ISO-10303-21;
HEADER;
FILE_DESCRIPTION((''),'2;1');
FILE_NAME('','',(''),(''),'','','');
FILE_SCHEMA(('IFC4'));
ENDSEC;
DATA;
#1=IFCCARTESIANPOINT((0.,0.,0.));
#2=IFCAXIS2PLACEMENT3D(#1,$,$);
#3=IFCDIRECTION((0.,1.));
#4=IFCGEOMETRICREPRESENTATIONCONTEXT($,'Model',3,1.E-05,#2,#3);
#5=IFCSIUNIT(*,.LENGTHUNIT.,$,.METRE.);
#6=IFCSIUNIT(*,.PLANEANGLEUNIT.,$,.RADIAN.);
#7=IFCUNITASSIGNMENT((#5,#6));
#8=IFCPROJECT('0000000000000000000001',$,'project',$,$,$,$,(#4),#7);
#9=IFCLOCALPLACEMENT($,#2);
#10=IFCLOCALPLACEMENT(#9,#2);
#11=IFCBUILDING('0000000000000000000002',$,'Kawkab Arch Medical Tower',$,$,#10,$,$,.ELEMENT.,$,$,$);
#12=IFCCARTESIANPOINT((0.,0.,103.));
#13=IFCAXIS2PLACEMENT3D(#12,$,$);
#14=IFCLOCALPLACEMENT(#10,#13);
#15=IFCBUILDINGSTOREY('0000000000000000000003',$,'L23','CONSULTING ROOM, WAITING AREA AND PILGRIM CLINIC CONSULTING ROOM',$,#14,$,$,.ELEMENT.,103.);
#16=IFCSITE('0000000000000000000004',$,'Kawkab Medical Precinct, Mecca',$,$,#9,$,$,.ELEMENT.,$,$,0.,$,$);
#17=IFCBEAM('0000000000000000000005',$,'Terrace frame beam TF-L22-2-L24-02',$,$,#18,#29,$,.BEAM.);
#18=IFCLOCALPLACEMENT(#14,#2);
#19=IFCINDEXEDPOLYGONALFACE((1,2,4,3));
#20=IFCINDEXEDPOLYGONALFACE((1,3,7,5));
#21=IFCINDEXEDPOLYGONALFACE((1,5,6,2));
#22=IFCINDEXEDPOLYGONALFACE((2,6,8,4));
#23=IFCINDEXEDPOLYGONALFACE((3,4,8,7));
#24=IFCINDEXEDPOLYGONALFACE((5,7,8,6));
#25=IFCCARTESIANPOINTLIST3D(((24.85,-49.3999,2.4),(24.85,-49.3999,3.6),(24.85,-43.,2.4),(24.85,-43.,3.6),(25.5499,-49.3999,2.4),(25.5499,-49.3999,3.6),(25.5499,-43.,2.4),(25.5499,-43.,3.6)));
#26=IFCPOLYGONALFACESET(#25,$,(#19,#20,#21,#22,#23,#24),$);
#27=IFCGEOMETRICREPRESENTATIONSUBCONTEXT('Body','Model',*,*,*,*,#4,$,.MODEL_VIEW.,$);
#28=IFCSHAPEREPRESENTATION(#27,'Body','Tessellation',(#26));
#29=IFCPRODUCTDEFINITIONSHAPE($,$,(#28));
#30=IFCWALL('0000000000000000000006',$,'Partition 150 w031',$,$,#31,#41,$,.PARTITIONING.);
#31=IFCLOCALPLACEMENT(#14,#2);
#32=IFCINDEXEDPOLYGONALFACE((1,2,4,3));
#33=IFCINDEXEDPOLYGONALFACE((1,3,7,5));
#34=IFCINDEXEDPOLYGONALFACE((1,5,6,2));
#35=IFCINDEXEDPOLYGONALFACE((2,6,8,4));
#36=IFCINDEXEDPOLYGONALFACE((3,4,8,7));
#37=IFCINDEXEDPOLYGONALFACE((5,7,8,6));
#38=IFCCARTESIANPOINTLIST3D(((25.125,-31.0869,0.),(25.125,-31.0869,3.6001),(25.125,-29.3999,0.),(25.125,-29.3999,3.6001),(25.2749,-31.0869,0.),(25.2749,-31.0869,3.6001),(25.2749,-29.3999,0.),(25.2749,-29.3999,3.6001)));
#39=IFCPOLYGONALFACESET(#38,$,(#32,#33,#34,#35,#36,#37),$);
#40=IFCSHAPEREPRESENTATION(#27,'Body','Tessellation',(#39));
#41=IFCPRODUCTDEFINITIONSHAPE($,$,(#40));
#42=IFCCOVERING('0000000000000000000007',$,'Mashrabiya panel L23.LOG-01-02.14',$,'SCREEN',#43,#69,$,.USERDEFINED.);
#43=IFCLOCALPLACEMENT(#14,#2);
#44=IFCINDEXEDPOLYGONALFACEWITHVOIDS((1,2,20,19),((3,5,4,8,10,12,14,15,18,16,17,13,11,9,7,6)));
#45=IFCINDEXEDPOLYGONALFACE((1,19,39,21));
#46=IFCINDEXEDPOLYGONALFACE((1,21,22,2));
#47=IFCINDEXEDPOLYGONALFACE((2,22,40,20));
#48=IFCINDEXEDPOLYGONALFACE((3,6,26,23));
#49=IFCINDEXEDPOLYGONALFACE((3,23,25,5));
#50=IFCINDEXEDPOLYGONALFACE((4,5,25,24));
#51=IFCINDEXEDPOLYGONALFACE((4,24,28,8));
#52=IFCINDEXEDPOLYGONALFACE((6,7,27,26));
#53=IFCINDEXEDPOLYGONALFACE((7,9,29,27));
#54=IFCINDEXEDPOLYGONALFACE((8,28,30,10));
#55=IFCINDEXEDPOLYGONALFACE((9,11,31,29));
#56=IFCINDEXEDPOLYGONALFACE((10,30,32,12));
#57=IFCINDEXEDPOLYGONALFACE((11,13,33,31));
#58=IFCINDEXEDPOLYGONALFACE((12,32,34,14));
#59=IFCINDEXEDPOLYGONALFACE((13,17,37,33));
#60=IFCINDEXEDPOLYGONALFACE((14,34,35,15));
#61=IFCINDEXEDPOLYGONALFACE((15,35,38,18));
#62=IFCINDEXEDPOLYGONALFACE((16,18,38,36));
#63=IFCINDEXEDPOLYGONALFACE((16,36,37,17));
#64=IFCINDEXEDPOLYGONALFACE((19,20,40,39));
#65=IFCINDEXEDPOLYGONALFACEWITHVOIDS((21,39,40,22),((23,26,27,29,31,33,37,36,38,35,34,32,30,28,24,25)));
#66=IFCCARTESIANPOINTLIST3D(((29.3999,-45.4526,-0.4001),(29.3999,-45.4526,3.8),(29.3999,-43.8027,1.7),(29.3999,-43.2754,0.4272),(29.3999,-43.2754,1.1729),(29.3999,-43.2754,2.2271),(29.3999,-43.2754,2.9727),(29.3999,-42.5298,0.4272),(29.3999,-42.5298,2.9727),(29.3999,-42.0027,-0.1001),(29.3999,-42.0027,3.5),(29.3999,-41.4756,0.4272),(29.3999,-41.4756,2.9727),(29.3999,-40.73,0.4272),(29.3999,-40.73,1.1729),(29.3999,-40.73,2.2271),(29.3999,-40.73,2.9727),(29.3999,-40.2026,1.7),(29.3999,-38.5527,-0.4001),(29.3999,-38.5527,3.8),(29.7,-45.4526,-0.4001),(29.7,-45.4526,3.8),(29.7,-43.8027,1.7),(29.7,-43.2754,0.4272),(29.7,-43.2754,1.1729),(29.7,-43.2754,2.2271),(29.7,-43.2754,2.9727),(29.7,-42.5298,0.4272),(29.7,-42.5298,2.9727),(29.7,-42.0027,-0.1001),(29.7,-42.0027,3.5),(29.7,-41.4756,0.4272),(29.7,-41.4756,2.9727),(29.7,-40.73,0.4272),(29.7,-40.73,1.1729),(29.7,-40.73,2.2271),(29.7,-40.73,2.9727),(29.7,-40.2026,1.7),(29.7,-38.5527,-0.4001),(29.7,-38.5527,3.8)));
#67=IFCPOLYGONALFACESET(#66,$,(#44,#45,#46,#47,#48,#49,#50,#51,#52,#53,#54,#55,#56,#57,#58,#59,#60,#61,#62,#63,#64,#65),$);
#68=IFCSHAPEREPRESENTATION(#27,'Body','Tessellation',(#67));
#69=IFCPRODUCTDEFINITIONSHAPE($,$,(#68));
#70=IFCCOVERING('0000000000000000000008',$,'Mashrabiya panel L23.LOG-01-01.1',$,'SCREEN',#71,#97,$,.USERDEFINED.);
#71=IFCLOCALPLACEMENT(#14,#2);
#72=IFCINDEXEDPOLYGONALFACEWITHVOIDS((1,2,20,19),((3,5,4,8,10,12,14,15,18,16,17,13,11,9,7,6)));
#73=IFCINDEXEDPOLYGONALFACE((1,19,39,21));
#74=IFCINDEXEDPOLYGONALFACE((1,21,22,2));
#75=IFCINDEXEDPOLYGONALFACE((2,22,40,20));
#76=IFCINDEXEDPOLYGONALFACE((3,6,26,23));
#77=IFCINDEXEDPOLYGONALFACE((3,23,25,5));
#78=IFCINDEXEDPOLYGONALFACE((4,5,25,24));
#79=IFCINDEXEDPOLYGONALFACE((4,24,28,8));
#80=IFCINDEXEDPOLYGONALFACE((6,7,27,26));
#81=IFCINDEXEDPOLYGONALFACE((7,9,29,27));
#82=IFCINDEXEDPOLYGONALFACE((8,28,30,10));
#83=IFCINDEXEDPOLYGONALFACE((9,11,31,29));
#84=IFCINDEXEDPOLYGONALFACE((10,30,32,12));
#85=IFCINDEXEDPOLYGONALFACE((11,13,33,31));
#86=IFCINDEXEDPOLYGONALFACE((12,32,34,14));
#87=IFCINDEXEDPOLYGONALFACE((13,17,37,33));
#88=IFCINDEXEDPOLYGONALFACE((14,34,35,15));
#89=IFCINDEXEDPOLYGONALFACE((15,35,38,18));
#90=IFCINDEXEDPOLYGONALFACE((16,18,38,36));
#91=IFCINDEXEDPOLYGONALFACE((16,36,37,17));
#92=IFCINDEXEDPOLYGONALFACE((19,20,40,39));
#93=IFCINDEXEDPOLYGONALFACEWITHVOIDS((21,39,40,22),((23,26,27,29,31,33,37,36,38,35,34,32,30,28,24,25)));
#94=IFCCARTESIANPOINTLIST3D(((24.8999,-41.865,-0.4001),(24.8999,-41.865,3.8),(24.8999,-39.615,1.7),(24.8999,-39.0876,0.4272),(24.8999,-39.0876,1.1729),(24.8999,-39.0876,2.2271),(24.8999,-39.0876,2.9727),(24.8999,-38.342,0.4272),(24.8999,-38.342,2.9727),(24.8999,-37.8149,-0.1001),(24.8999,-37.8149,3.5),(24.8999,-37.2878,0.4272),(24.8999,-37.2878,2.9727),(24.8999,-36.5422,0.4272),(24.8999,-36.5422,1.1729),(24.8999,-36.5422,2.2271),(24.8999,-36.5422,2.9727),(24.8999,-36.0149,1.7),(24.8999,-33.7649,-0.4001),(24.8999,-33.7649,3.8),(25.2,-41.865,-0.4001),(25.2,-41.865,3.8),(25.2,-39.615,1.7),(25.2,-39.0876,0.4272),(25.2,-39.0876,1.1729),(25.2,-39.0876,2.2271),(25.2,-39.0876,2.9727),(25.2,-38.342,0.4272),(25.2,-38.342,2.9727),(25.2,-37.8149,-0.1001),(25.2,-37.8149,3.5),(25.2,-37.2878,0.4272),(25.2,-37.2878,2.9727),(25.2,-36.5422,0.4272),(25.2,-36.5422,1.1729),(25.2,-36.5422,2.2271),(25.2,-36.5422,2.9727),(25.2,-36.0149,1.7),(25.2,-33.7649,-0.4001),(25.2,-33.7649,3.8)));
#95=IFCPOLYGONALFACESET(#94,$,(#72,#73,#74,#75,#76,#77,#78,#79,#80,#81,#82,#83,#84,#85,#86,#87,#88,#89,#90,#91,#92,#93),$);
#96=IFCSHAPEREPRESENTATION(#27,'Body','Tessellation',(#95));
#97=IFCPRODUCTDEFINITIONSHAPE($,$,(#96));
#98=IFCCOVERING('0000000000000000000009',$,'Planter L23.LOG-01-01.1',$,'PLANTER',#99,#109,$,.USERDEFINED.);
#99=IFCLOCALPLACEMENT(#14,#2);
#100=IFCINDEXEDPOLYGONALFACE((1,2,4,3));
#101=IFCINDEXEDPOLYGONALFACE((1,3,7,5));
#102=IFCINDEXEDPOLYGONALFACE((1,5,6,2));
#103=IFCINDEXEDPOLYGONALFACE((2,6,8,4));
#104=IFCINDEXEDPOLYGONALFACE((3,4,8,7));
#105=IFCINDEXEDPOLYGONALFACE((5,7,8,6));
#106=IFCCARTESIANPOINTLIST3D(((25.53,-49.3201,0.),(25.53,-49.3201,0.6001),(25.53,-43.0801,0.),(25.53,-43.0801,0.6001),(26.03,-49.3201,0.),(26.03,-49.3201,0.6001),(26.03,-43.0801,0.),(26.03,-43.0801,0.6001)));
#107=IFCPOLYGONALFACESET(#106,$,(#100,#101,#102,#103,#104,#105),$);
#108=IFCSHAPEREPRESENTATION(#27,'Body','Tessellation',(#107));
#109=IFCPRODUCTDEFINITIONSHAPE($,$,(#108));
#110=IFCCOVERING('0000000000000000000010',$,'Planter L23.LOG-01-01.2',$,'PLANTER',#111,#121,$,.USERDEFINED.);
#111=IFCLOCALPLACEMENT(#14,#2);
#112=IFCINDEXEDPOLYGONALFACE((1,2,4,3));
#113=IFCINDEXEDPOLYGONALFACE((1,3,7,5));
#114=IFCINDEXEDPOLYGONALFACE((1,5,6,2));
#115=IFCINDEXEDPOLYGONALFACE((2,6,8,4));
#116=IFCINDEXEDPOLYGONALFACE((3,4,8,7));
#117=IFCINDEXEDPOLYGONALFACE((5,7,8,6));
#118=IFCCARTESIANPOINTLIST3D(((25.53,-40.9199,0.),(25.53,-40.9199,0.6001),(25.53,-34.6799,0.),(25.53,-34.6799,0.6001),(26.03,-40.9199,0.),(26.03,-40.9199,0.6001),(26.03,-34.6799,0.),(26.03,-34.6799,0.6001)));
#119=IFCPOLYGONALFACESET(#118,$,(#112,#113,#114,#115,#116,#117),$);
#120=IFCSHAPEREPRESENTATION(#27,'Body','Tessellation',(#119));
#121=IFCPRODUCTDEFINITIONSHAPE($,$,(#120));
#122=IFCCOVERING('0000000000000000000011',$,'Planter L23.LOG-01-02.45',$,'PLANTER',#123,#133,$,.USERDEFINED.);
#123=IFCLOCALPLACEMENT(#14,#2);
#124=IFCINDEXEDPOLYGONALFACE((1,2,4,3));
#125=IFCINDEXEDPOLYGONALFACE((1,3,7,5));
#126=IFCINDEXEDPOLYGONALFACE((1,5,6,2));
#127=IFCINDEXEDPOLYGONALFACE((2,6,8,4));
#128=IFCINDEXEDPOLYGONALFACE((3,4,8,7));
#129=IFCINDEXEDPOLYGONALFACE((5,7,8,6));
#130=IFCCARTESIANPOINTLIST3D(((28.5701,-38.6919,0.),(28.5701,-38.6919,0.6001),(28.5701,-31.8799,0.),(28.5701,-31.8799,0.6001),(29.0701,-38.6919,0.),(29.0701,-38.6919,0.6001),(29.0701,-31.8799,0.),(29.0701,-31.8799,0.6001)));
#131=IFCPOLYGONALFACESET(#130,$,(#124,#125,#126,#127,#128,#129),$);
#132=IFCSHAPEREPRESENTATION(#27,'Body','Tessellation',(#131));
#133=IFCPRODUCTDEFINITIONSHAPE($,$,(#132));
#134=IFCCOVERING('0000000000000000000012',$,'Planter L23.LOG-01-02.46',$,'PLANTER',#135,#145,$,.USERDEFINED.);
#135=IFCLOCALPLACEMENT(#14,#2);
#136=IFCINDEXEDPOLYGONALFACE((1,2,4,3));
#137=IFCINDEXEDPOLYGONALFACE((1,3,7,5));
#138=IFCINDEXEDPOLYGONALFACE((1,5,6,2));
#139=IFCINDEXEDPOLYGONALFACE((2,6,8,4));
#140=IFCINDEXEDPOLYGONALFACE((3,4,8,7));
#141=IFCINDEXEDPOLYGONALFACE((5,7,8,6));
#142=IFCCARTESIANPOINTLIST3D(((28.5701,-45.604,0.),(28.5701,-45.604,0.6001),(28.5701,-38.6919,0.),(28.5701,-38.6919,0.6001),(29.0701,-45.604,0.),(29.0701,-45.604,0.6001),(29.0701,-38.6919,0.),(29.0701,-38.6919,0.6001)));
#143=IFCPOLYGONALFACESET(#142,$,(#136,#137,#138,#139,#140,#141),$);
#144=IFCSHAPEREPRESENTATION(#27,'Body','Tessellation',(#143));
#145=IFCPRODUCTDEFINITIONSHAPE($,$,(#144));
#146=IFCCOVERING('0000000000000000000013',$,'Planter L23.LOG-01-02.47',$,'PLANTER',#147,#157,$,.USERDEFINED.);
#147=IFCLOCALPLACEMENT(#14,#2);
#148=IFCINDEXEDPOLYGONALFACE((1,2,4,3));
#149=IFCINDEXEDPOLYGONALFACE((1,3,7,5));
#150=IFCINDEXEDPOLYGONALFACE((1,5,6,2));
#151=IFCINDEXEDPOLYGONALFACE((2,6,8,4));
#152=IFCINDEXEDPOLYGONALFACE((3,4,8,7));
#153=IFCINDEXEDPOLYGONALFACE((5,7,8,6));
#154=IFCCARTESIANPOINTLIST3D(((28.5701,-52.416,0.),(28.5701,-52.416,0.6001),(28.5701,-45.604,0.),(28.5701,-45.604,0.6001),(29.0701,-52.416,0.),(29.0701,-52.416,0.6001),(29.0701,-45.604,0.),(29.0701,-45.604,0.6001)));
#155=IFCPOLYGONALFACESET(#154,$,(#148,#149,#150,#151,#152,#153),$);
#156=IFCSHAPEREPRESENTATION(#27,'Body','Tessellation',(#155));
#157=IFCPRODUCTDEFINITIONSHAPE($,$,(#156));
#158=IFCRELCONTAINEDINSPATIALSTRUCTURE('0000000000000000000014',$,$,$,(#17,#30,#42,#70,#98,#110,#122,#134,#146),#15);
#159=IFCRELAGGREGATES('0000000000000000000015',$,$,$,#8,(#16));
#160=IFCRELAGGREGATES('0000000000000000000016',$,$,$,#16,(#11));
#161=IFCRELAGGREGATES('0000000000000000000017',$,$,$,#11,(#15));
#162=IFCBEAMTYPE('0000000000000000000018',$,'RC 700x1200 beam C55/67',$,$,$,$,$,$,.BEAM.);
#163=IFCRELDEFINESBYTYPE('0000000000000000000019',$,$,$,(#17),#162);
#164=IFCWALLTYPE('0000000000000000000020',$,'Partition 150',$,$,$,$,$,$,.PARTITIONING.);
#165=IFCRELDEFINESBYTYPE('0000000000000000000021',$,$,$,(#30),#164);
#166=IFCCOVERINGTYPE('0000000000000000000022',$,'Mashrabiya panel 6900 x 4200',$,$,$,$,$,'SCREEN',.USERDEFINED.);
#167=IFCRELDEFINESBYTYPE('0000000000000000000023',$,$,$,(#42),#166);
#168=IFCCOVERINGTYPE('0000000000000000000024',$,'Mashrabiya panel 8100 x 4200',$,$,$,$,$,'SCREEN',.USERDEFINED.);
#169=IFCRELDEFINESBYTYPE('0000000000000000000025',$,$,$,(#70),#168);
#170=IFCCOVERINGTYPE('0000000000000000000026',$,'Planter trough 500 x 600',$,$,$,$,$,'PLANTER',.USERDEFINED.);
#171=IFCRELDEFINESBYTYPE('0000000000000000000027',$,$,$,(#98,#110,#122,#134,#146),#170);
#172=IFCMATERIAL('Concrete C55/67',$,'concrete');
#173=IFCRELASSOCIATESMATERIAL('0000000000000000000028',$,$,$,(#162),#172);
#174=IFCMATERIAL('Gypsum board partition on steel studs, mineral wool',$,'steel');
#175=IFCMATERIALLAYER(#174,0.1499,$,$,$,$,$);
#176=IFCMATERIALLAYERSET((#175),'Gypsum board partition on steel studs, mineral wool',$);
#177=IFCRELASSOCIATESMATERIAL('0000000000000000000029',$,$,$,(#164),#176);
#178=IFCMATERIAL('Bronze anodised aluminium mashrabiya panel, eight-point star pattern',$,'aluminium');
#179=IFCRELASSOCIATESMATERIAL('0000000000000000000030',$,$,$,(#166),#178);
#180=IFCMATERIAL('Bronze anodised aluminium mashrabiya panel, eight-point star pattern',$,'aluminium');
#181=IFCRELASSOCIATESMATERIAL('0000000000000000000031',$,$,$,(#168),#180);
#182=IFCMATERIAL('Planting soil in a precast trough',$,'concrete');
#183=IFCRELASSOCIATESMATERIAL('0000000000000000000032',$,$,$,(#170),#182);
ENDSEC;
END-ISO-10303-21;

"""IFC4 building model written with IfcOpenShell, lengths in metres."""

from ifc_helpers import new_model, si_unit, direction, frame, frame_2d, origin, origin_2d, place, context, subcontext, project, spatial, polyline, rectangle, outline, extrude, material, layer, layer_set, material_profile, profile_set, type_object, element, save


model = new_model("IFC4")

# Units and contexts
model_context = context("Model", 3, precision=1e-05, world=origin(), true_north=direction((0.0, 1.0)))
body_context = subcontext(model_context, "Body", "Model", "MODEL_VIEW")
ifc_project = project(units=[si_unit("LENGTHUNIT", "METRE"), si_unit("PLANEANGLEUNIT", "RADIAN")], contexts=[model_context])

# Site, building, storey
site_placement = place(None, origin())
site = spatial("IfcSite", under=ifc_project, at=site_placement, Name="Kawkab Medical Precinct, Mecca", CompositionType="ELEMENT", RefElevation=0.0)
building_placement = place(site_placement, origin())
building = spatial("IfcBuilding", under=site, at=building_placement, Name="Kawkab Arch Medical Tower", CompositionType="ELEMENT")
storey_placement = place(building_placement, frame((0.0, 0.0, 103.0)))
storey = spatial("IfcBuildingStorey", under=building, at=storey_placement, Name="L23", Description="CONSULTING ROOM, WAITING AREA AND PILGRIM CLINIC CONSULTING ROOM", CompositionType="ELEMENT", Elevation=103.0)

# Beam
ifc_material_1 = material(Name="Concrete C55/67", Category="concrete")
ifc_material_profile_1 = material_profile(ifc_material_1, rectangle(XDim=0.7, YDim=1.2, at=origin_2d()), Name="RC 700x1200")
ifc_profile_set_1 = profile_set([ifc_material_profile_1], Name="Concrete C55/67")
beam_type = type_object("IfcBeamType", Name="RC 700x1200 beam C55/67", PredefinedType="BEAM", material=ifc_profile_set_1)
for number, where, z_axis, x_axis, name in (
    (1, (25.2, -43.0, 3.0), (0.0, -1.0, 0.0), (1.0, 0.0, 0.0), "Terrace frame beam TF-L22-2-L24-02"),
):
    element("IfcBeam", number, at=place(storey_placement, frame(where, z_axis=z_axis, x_axis=x_axis)), inside=storey, type_object=beam_type, Name=name, PredefinedType="BEAM", context=body_context, shape_type="SweptSolid", body=[
        extrude(rectangle(XDim=0.7, YDim=1.2, at=origin_2d()), origin(), (0.0, 0.0, 1.0), 6.3999),
    ])

# Wall
ifc_material_2 = material(Name="Gypsum board partition on steel studs, mineral wool", Category="steel")
ifc_layer_1 = layer(ifc_material_2, 0.1499)
ifc_layer_set_1 = layer_set([ifc_layer_1], Name="Gypsum board partition on steel studs, mineral wool")
wall_type = type_object("IfcWallType", Name="Partition 150", PredefinedType="PARTITIONING", material=ifc_layer_set_1)
wall_placement = place(storey_placement, frame((25.2, -31.0869, 0.0), z_axis=(0.0, 0.0, 1.0), x_axis=(0.0, 1.0, 0.0)))
element("IfcWall", 2, at=wall_placement, inside=storey, type_object=wall_type, Name="Partition 150 w031", PredefinedType="PARTITIONING", context=body_context, shape_type="SweptSolid", body=[
    extrude(rectangle(XDim=1.687, YDim=0.1499, at=frame_2d((0.8435, 0.0))), origin(), (0.0, 0.0, 1.0), 3.6001),
])

# Coverings
ifc_material_3 = material(Name="Bronze anodised aluminium mashrabiya panel, eight-point star pattern", Category="aluminium")
ifc_material_profile_2 = material_profile(ifc_material_3, outline(polyline([(-3.45, -2.1001), (3.45, -2.1001), (3.45, 2.1001), (-3.45, 2.1001), (-3.45, -2.1001)]), holes=[polyline([(1.8, 0.0), (1.2727, 0.5271), (1.2727, 1.2727), (0.5271, 1.2727), (0.0, 1.8), (-0.5271, 1.2727), (-1.2727, 1.2727), (-1.2727, 0.5271), (-1.8, 0.0), (-1.2727, -0.5271), (-1.2727, -1.2727), (-0.5271, -1.2727), (0.0, -1.8), (0.5271, -1.2727), (1.2727, -1.2727), (1.2727, -0.5271), (1.8, 0.0)])]), Name="Mashrabiya panel 6900x4200")
ifc_profile_set_2 = profile_set([ifc_material_profile_2], Name="Bronze anodised aluminium mashrabiya panel, eight-point star pattern")
covering_type_1 = type_object("IfcCoveringType", Name="Mashrabiya panel 6900 x 4200", ElementType="SCREEN", PredefinedType="USERDEFINED", material=ifc_profile_set_2)
covering_1_placement = place(storey_placement, frame((29.3999, -42.0027, 1.7), z_axis=(1.0, 0.0, 0.0), x_axis=(0.0, 1.0, 0.0)))
element("IfcCovering", 3, at=covering_1_placement, inside=storey, type_object=covering_type_1, Name="Mashrabiya panel L23.LOG-01-02.14", ObjectType="SCREEN", PredefinedType="USERDEFINED", context=body_context, shape_type="SweptSolid", body=[
    extrude(outline(polyline([(-3.45, -2.1001), (3.45, -2.1001), (3.45, 2.1001), (-3.45, 2.1001), (-3.45, -2.1001)]), holes=[polyline([(1.8, 0.0), (1.2727, 0.5271), (1.2727, 1.2727), (0.5271, 1.2727), (0.0, 1.8), (-0.5271, 1.2727), (-1.2727, 1.2727), (-1.2727, 0.5271), (-1.8, 0.0), (-1.2727, -0.5271), (-1.2727, -1.2727), (-0.5271, -1.2727), (0.0, -1.8), (0.5271, -1.2727), (1.2727, -1.2727), (1.2727, -0.5271), (1.8, 0.0)])]), origin(), (0.0, 0.0, 1.0), 0.3),
])
ifc_material_4 = material(Name="Bronze anodised aluminium mashrabiya panel, eight-point star pattern", Category="aluminium")
ifc_material_profile_3 = material_profile(ifc_material_4, outline(polyline([(-4.05, -2.1001), (4.05, -2.1001), (4.05, 2.1001), (-4.05, 2.1001), (-4.05, -2.1001)]), holes=[polyline([(1.8, 0.0), (1.2727, 0.5271), (1.2727, 1.2727), (0.5271, 1.2727), (0.0, 1.8), (-0.5271, 1.2727), (-1.2727, 1.2727), (-1.2727, 0.5271), (-1.8, 0.0), (-1.2727, -0.5271), (-1.2727, -1.2727), (-0.5271, -1.2727), (0.0, -1.8), (0.5271, -1.2727), (1.2727, -1.2727), (1.2727, -0.5271), (1.8, 0.0)])]), Name="Mashrabiya panel 8100x4200")
ifc_profile_set_3 = profile_set([ifc_material_profile_3], Name="Bronze anodised aluminium mashrabiya panel, eight-point star pattern")
covering_type_2 = type_object("IfcCoveringType", Name="Mashrabiya panel 8100 x 4200", ElementType="SCREEN", PredefinedType="USERDEFINED", material=ifc_profile_set_3)
covering_2_placement = place(storey_placement, frame((25.2, -37.8149, 1.7), z_axis=(-1.0, 0.0, 0.0), x_axis=(0.0, -1.0, 0.0)))
element("IfcCovering", 4, at=covering_2_placement, inside=storey, type_object=covering_type_2, Name="Mashrabiya panel L23.LOG-01-01.1", ObjectType="SCREEN", PredefinedType="USERDEFINED", context=body_context, shape_type="SweptSolid", body=[
    extrude(outline(polyline([(-4.05, -2.1001), (4.05, -2.1001), (4.05, 2.1001), (-4.05, 2.1001), (-4.05, -2.1001)]), holes=[polyline([(1.8, 0.0), (1.2727, 0.5271), (1.2727, 1.2727), (0.5271, 1.2727), (0.0, 1.8), (-0.5271, 1.2727), (-1.2727, 1.2727), (-1.2727, 0.5271), (-1.8, 0.0), (-1.2727, -0.5271), (-1.2727, -1.2727), (-0.5271, -1.2727), (0.0, -1.8), (0.5271, -1.2727), (1.2727, -1.2727), (1.2727, -0.5271), (1.8, 0.0)])]), origin(), (0.0, 0.0, 1.0), 0.3),
])
ifc_material_5 = material(Name="Planting soil in a precast trough", Category="concrete")
ifc_material_profile_4 = material_profile(ifc_material_5, rectangle(XDim=0.5, YDim=0.6001, at=origin_2d()), Name="Trough 500x600")
ifc_profile_set_4 = profile_set([ifc_material_profile_4], Name="Planting soil in a precast trough")
covering_type_3 = type_object("IfcCoveringType", Name="Planter trough 500 x 600", ElementType="PLANTER", PredefinedType="USERDEFINED", material=ifc_profile_set_4)
for number, where, z_axis, x_axis, name in (
    (5, (25.78, -49.3201, 0.3), (0.0, 1.0, 0.0), (-1.0, 0.0, 0.0), "Planter L23.LOG-01-01.1"),
    (6, (25.78, -40.9199, 0.3), (0.0, 1.0, 0.0), (-1.0, 0.0, 0.0), "Planter L23.LOG-01-01.2"),
):
    element("IfcCovering", number, at=place(storey_placement, frame(where, z_axis=z_axis, x_axis=x_axis)), inside=storey, type_object=covering_type_3, Name=name, ObjectType="PLANTER", PredefinedType="USERDEFINED", context=body_context, shape_type="SweptSolid", body=[
        extrude(rectangle(XDim=0.5, YDim=0.6001, at=origin_2d()), origin(), (0.0, 0.0, 1.0), 6.24),
    ])
covering_3_placement = place(storey_placement, frame((28.8201, -31.8799, 0.3), z_axis=(0.0, -1.0, 0.0), x_axis=(1.0, 0.0, 0.0)))
element("IfcCovering", 7, at=covering_3_placement, inside=storey, type_object=covering_type_3, Name="Planter L23.LOG-01-02.45", ObjectType="PLANTER", PredefinedType="USERDEFINED", context=body_context, shape_type="SweptSolid", body=[
    extrude(rectangle(XDim=0.5, YDim=0.6001, at=origin_2d()), origin(), (0.0, 0.0, 1.0), 6.812),
])
covering_4_placement = place(storey_placement, frame((28.8201, -38.6919, 0.3), z_axis=(0.0, -1.0, 0.0), x_axis=(1.0, 0.0, 0.0)))
element("IfcCovering", 8, at=covering_4_placement, inside=storey, type_object=covering_type_3, Name="Planter L23.LOG-01-02.46", ObjectType="PLANTER", PredefinedType="USERDEFINED", context=body_context, shape_type="SweptSolid", body=[
    extrude(rectangle(XDim=0.5, YDim=0.6001, at=origin_2d()), origin(), (0.0, 0.0, 1.0), 6.9121),
])
covering_5_placement = place(storey_placement, frame((28.8201, -45.604, 0.3), z_axis=(0.0, -1.0, 0.0), x_axis=(1.0, 0.0, 0.0)))
element("IfcCovering", 9, at=covering_5_placement, inside=storey, type_object=covering_type_3, Name="Planter L23.LOG-01-02.47", ObjectType="PLANTER", PredefinedType="USERDEFINED", context=body_context, shape_type="SweptSolid", body=[
    extrude(rectangle(XDim=0.5, YDim=0.6001, at=origin_2d()), origin(), (0.0, 0.0, 1.0), 6.812),
])

save(model, "model.ifc")
